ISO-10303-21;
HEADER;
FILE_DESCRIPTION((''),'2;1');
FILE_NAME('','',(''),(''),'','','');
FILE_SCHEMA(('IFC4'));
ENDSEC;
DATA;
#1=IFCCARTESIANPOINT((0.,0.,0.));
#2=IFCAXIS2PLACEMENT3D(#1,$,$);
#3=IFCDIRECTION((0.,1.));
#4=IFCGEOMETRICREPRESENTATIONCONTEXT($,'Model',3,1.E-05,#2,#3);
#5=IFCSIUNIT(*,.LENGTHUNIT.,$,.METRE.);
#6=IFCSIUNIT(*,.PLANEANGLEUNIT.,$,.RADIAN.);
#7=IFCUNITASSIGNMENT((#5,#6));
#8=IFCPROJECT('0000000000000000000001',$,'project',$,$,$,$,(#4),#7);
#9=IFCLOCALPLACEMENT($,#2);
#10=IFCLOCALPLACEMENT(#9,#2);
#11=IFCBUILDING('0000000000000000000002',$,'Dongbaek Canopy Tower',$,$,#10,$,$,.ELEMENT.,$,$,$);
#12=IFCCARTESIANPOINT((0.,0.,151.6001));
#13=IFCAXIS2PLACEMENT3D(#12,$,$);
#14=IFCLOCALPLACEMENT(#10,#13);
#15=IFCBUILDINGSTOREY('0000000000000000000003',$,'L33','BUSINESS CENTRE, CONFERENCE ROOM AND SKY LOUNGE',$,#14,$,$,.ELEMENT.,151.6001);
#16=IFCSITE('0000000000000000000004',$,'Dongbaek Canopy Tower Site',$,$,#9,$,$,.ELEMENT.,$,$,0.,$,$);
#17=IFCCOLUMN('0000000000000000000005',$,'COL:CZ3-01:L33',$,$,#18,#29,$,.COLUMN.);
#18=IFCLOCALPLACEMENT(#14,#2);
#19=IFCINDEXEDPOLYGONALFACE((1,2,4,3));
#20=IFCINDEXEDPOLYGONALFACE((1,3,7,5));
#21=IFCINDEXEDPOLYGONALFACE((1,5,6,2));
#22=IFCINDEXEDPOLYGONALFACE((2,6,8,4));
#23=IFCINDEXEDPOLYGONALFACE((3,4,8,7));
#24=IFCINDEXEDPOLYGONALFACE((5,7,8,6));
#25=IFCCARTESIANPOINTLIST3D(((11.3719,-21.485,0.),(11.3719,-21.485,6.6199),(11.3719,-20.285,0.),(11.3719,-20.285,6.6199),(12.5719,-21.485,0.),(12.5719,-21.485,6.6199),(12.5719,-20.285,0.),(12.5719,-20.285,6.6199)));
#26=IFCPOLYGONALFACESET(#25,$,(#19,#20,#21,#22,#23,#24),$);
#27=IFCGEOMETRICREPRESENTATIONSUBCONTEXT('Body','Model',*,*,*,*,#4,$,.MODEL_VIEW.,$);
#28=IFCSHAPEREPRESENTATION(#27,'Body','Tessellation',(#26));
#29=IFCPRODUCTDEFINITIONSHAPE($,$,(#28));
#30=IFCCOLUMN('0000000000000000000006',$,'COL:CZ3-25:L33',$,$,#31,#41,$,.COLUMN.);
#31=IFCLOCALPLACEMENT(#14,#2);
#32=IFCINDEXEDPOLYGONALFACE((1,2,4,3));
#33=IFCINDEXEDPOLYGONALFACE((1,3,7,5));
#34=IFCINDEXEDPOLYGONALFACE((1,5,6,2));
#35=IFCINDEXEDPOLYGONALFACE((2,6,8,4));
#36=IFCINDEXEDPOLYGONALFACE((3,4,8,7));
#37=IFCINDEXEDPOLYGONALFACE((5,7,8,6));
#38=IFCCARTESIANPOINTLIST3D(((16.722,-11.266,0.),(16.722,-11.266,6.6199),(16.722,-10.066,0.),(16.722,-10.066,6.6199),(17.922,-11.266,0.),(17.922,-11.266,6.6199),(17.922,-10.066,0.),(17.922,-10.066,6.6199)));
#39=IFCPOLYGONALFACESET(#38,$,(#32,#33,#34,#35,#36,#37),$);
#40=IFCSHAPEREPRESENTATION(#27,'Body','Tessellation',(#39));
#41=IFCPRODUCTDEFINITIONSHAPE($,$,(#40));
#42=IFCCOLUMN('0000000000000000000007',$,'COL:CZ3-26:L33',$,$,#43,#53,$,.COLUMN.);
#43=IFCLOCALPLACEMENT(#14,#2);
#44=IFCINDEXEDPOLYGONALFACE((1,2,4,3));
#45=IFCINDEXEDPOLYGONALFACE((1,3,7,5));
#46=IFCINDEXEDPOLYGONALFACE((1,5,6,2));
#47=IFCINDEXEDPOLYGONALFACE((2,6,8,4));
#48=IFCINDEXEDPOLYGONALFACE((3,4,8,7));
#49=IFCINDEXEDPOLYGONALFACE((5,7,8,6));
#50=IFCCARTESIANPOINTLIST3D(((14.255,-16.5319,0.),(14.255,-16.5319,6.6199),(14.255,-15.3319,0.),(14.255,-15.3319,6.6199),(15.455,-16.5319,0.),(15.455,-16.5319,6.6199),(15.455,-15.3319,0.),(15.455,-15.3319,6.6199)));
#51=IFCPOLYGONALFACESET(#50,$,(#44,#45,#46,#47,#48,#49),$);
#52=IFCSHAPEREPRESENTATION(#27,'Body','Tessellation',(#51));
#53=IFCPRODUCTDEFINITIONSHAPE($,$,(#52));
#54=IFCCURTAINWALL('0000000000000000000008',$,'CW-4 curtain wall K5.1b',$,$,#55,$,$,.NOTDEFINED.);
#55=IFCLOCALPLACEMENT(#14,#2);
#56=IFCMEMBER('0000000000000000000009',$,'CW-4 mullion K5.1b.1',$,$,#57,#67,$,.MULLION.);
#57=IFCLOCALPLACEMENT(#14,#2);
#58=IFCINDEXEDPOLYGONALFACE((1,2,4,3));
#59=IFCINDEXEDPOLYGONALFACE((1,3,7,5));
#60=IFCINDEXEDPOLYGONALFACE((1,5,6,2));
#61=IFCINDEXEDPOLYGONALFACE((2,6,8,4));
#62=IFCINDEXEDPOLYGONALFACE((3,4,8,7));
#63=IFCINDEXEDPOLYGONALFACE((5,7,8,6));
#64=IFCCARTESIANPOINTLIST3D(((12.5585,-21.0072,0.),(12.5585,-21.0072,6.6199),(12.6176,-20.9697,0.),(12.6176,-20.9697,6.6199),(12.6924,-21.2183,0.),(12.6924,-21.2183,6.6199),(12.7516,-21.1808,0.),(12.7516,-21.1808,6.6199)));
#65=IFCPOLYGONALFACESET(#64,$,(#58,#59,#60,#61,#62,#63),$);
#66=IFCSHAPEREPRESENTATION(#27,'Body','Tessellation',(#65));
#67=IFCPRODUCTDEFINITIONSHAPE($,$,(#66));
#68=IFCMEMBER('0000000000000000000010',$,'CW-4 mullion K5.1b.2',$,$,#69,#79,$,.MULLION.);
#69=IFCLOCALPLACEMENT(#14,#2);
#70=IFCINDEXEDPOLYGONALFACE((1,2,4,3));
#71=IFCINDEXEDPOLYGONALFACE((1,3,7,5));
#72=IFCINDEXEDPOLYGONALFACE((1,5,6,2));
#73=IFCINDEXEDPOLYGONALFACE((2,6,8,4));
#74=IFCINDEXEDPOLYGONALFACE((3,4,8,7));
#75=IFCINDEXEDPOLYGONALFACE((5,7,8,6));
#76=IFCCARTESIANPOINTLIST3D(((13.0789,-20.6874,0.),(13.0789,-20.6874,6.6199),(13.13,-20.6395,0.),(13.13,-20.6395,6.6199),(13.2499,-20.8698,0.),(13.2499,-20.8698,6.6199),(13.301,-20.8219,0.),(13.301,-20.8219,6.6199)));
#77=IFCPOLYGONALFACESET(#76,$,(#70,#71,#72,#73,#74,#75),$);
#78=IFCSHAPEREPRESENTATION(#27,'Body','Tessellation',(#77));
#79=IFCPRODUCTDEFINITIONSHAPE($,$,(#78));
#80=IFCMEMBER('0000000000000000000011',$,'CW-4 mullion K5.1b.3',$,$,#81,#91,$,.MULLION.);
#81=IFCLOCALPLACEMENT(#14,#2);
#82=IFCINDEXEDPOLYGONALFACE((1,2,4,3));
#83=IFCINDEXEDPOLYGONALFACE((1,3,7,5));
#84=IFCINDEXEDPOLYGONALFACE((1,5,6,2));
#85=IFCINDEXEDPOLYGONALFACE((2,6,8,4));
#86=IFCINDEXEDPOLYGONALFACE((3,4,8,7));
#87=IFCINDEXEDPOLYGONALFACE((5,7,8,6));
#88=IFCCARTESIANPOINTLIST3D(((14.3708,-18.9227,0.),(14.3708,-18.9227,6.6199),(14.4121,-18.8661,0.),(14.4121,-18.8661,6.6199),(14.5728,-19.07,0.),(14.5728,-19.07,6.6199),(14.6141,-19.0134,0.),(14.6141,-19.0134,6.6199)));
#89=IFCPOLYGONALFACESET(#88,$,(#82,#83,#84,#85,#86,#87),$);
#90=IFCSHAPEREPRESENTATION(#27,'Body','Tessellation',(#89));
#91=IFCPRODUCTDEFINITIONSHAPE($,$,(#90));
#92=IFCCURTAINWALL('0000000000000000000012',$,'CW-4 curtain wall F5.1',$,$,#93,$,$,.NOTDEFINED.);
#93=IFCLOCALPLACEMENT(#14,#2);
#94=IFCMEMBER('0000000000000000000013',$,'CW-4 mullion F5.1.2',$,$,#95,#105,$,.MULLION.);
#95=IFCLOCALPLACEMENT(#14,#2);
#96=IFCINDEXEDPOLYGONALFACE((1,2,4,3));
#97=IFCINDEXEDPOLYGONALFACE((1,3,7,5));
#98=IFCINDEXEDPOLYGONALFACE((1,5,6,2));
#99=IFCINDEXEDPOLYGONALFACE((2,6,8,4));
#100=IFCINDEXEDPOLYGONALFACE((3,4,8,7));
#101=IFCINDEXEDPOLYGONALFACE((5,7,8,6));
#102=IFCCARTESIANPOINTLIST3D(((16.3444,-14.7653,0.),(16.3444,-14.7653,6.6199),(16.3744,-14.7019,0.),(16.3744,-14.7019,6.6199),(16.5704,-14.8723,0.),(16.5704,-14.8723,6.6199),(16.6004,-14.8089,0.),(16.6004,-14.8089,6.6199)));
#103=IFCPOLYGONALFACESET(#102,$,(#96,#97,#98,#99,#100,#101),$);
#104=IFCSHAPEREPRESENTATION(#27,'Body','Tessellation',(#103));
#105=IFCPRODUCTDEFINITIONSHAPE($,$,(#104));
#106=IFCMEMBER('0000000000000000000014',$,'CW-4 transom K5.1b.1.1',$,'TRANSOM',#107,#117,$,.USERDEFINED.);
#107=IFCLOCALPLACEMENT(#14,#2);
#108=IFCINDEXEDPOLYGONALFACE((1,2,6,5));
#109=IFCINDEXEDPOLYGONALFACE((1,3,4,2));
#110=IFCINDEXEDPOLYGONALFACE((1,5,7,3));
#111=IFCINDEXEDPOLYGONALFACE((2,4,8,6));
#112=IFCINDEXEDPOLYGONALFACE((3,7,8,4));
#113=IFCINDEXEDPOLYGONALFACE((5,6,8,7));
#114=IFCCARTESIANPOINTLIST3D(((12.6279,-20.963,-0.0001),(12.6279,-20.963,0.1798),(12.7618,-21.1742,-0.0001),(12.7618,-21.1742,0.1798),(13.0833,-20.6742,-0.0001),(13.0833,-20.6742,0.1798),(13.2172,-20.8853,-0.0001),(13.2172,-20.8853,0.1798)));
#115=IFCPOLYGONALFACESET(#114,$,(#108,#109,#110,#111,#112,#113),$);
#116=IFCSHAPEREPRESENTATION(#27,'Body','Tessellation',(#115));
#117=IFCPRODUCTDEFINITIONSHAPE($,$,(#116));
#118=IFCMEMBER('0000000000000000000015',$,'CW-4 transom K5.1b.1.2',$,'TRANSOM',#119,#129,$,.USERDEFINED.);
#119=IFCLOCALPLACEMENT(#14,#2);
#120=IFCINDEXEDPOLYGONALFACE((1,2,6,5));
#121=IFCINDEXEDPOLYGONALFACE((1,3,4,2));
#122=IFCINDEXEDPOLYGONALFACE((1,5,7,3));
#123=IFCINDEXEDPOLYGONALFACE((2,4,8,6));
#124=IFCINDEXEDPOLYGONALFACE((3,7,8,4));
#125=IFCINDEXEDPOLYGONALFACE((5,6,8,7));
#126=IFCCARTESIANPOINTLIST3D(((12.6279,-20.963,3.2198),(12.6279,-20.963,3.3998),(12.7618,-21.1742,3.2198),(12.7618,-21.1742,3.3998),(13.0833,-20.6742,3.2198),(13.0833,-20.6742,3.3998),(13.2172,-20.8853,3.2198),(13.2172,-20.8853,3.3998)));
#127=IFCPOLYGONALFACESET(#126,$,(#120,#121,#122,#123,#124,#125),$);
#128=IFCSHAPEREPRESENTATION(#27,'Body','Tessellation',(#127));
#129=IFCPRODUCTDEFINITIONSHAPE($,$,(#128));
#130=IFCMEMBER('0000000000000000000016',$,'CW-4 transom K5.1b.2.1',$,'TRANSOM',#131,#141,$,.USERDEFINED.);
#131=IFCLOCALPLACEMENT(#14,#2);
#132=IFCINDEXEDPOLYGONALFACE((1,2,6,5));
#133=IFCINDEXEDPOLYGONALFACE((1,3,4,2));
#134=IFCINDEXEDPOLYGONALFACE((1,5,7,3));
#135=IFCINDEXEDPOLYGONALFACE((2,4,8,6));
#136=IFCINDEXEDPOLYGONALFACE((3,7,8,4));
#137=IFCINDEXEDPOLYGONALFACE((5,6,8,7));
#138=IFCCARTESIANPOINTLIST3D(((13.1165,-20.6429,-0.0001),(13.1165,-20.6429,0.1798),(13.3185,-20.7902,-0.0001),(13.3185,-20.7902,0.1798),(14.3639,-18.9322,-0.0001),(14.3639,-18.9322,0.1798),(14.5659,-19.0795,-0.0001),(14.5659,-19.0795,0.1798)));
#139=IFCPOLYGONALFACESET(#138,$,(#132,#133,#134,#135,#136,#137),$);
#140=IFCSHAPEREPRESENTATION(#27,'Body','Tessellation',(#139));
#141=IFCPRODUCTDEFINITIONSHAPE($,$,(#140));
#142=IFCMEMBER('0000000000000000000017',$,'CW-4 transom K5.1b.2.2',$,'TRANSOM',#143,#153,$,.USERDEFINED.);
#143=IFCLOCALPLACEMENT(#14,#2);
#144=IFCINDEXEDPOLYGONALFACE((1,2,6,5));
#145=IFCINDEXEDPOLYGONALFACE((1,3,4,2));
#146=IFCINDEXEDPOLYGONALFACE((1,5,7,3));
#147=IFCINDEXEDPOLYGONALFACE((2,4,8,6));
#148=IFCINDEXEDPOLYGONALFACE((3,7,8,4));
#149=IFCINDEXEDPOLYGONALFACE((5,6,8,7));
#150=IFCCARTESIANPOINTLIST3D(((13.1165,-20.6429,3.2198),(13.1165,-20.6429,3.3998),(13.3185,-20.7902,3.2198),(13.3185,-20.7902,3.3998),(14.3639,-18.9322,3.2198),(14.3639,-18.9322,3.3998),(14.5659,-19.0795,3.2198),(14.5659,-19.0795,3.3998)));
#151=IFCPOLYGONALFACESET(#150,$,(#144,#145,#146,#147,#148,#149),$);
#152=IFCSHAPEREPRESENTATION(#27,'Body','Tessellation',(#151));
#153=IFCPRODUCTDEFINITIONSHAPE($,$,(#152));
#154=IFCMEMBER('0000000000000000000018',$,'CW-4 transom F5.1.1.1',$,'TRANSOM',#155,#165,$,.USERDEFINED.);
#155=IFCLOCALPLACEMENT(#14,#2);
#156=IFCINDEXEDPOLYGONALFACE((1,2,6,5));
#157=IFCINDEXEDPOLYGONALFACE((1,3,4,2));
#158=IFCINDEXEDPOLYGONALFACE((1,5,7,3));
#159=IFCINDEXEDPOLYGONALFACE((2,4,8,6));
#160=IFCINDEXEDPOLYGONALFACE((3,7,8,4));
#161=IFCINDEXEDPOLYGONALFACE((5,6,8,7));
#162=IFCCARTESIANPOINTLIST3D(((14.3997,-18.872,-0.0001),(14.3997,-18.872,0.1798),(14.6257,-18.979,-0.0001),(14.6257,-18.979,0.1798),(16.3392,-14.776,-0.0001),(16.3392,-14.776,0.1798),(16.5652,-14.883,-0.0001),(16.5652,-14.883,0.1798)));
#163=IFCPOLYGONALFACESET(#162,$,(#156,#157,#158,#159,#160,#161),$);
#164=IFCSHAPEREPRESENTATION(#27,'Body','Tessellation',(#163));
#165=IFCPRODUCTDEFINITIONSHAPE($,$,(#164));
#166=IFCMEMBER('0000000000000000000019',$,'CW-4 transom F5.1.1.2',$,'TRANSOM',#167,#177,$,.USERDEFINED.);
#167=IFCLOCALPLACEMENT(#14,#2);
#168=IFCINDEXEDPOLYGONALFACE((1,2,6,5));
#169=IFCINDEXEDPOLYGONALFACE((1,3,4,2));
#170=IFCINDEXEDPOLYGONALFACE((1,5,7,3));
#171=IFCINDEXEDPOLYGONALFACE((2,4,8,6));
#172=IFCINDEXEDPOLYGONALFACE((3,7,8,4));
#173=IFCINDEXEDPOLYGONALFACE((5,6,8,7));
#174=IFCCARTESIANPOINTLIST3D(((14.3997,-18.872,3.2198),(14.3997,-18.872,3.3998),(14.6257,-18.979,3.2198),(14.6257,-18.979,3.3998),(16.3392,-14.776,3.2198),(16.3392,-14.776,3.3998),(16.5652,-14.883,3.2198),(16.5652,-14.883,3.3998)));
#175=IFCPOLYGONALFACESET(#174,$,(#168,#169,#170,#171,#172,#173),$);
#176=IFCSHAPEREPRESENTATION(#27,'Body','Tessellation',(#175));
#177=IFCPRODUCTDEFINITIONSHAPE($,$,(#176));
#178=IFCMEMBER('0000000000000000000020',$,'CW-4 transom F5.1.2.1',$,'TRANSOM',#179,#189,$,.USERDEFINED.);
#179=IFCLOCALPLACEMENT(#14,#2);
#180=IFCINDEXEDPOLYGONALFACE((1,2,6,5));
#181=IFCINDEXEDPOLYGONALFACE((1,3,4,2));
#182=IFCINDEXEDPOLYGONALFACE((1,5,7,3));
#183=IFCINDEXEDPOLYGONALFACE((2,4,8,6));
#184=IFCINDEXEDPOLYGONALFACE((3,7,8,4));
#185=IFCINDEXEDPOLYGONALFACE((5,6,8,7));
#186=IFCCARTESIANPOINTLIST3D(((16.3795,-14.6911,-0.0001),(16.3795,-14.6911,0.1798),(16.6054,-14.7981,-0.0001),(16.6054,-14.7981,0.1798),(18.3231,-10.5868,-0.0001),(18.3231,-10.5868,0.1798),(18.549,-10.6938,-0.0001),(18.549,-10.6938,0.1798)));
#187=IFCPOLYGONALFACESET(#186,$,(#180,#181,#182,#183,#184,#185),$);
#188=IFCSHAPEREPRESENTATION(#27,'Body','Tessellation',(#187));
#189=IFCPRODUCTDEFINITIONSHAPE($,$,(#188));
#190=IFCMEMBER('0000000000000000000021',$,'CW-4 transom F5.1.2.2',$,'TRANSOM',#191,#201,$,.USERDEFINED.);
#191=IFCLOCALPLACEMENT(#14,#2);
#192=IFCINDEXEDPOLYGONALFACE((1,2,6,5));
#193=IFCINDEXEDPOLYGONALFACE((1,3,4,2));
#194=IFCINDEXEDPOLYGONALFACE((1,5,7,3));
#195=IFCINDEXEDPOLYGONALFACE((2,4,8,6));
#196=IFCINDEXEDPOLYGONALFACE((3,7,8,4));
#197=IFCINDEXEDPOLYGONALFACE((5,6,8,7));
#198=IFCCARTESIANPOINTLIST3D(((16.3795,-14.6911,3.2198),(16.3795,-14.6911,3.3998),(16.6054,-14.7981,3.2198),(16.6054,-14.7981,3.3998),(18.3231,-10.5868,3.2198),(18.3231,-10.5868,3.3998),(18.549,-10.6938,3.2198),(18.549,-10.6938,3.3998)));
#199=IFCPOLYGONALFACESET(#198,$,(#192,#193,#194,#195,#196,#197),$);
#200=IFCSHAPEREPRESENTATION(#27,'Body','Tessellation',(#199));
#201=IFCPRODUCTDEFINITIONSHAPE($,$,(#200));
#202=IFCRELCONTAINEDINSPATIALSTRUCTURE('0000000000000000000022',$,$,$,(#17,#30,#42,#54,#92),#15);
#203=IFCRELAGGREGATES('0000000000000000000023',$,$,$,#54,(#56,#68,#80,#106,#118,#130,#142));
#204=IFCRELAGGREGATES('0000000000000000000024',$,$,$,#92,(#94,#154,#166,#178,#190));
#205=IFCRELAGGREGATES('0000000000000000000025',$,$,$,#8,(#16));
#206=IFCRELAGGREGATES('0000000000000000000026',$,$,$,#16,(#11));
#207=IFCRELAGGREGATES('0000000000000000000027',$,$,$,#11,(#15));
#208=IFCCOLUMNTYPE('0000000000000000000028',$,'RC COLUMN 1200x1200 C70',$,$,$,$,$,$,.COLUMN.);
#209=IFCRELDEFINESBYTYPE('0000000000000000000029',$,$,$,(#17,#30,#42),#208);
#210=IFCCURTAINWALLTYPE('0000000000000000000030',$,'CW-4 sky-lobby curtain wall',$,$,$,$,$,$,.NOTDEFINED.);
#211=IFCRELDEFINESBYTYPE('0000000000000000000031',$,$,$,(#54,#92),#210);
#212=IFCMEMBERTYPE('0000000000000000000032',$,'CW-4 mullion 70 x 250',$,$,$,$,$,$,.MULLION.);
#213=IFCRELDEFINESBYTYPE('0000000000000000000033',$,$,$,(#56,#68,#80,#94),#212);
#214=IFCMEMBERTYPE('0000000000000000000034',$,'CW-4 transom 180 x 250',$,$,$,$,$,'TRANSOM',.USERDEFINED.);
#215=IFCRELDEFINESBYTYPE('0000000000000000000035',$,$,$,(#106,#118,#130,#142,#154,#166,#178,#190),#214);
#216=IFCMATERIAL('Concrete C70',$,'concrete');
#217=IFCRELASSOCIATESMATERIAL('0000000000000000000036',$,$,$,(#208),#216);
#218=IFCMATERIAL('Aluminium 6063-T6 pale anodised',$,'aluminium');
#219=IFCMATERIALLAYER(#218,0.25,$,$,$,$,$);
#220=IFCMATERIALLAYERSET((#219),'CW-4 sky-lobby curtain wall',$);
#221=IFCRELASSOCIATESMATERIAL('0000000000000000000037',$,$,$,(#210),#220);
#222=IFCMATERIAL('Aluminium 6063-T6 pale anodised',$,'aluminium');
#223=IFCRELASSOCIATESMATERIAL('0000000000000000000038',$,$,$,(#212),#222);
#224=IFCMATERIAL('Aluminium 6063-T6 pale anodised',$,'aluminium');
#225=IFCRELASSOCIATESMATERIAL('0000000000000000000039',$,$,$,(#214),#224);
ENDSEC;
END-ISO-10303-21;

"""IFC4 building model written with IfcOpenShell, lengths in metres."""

from ifc_helpers import new_model, si_unit, direction, frame, origin, origin_2d, place, context, subcontext, project, spatial, rectangle, extrude, material, layer, layer_set, material_profile, profile_set, type_object, element, aggregate, save


model = new_model("IFC4")

# Units and contexts
model_context = context("Model", 3, precision=1e-05, world=origin(), true_north=direction((0.0, 1.0)))
body_context = subcontext(model_context, "Body", "Model", "MODEL_VIEW")
ifc_project = project(units=[si_unit("LENGTHUNIT", "METRE"), si_unit("PLANEANGLEUNIT", "RADIAN")], contexts=[model_context])

# Site, building, storey
site_placement = place(None, origin())
site = spatial("IfcSite", under=ifc_project, at=site_placement, Name="Dongbaek Canopy Tower Site", CompositionType="ELEMENT", RefElevation=0.0)
building_placement = place(site_placement, origin())
building = spatial("IfcBuilding", under=site, at=building_placement, Name="Dongbaek Canopy Tower", CompositionType="ELEMENT")
storey_placement = place(building_placement, frame((0.0, 0.0, 151.6001)))
storey = spatial("IfcBuildingStorey", under=building, at=storey_placement, Name="L33", Description="BUSINESS CENTRE, CONFERENCE ROOM AND SKY LOUNGE", CompositionType="ELEMENT", Elevation=151.6001)

# Columns
ifc_material_1 = material(Name="Concrete C70", Category="concrete")
ifc_material_profile_1 = material_profile(ifc_material_1, rectangle(XDim=1.2, YDim=1.2, at=origin_2d()), Name="RC COLUMN 1200x1200 C70")
ifc_profile_set_1 = profile_set([ifc_material_profile_1], Name="Concrete C70")
column_type = type_object("IfcColumnType", Name="RC COLUMN 1200x1200 C70", PredefinedType="COLUMN", material=ifc_profile_set_1)
for number, where, z_axis, x_axis, name in (
    (1, (11.9719, -20.885, 0.0), (0.0, 0.0, 1.0), (1.0, 0.0, 0.0), "COL:CZ3-01:L33"),
    (2, (17.322, -10.666, 0.0), (0.0, 0.0, 1.0), (1.0, 0.0, 0.0), "COL:CZ3-25:L33"),
    (3, (14.855, -15.9319, 0.0), (0.0, 0.0, 1.0), (1.0, 0.0, 0.0), "COL:CZ3-26:L33"),
):
    element("IfcColumn", number, at=place(storey_placement, frame(where, z_axis=z_axis, x_axis=x_axis)), inside=storey, type_object=column_type, Name=name, PredefinedType="COLUMN", context=body_context, shape_type="SweptSolid", body=[
        extrude(rectangle(XDim=1.2, YDim=1.2, at=origin_2d()), origin(), (0.0, 0.0, 1.0), 6.6199),
    ])

# Curtain wall, members
ifc_material_2 = material(Name="Aluminium 6063-T6 pale anodised", Category="aluminium")
ifc_layer_1 = layer(ifc_material_2, 0.25)
ifc_layer_set_1 = layer_set([ifc_layer_1], Name="CW-4 sky-lobby curtain wall")
curtain_wall_type = type_object("IfcCurtainWallType", Name="CW-4 sky-lobby curtain wall", PredefinedType="NOTDEFINED", material=ifc_layer_set_1)
curtain_wall_1_placement = place(storey_placement, origin())
curtain_wall_1 = element("IfcCurtainWall", 4, at=curtain_wall_1_placement, inside=storey, type_object=curtain_wall_type, Name="CW-4 curtain wall K5.1b", PredefinedType="NOTDEFINED")
ifc_material_3 = material(Name="Aluminium 6063-T6 pale anodised", Category="aluminium")
ifc_material_profile_2 = material_profile(ifc_material_3, rectangle(XDim=0.25, YDim=0.0701, at=origin_2d()), Name="CW-4 mullion 70 x 250")
ifc_profile_set_2 = profile_set([ifc_material_profile_2], Name="Aluminium 6063-T6 pale anodised")
member_type_1 = type_object("IfcMemberType", Name="CW-4 mullion 70 x 250", PredefinedType="MULLION", material=ifc_profile_set_2)
member_1_placement = place(storey_placement, frame((12.655, -21.094, 0.0), z_axis=(0.0, 0.0, 1.0), x_axis=(0.535706, -0.844405, 0.0)))
member_1 = element("IfcMember", 5, at=member_1_placement, type_object=member_type_1, Name="CW-4 mullion K5.1b.1", PredefinedType="MULLION", context=body_context, shape_type="SweptSolid", body=[
    extrude(rectangle(XDim=0.25, YDim=0.0701, at=origin_2d()), origin(), (0.0, 0.0, 1.0), 6.6199),
])
member_2_placement = place(storey_placement, frame((13.1899, -20.7546, 0.0), z_axis=(0.0, 0.0, 1.0), x_axis=(0.683881, -0.729593, 0.0)))
member_2 = element("IfcMember", 6, at=member_2_placement, type_object=member_type_1, Name="CW-4 mullion K5.1b.2", PredefinedType="MULLION", context=body_context, shape_type="SweptSolid", body=[
    extrude(rectangle(XDim=0.25, YDim=0.0701, at=origin_2d()), origin(), (0.0, 0.0, 1.0), 6.6199),
])
member_3_placement = place(storey_placement, frame((14.4924, -18.968, 0.0), z_axis=(0.0, 0.0, 1.0), x_axis=(0.808027, -0.589145, 0.0)))
member_3 = element("IfcMember", 7, at=member_3_placement, type_object=member_type_1, Name="CW-4 mullion K5.1b.3", PredefinedType="MULLION", context=body_context, shape_type="SweptSolid", body=[
    extrude(rectangle(XDim=0.25, YDim=0.0701, at=origin_2d()), origin(), (0.0, 0.0, 1.0), 6.6199),
])

# Curtain wall, member
curtain_wall_2_placement = place(storey_placement, origin())
curtain_wall_2 = element("IfcCurtainWall", 8, at=curtain_wall_2_placement, inside=storey, type_object=curtain_wall_type, Name="CW-4 curtain wall F5.1", PredefinedType="NOTDEFINED")
member_4_placement = place(storey_placement, frame((16.4724, -14.7871, 0.0), z_axis=(0.0, 0.0, 1.0), x_axis=(0.90378, -0.427996, 0.0)))
member_4 = element("IfcMember", 9, at=member_4_placement, type_object=member_type_1, Name="CW-4 mullion F5.1.2", PredefinedType="MULLION", context=body_context, shape_type="SweptSolid", body=[
    extrude(rectangle(XDim=0.25, YDim=0.0701, at=origin_2d()), origin(), (0.0, 0.0, 1.0), 6.6199),
])

# Members
ifc_material_4 = material(Name="Aluminium 6063-T6 pale anodised", Category="aluminium")
ifc_material_profile_3 = material_profile(ifc_material_4, rectangle(XDim=0.25, YDim=0.1799, at=origin_2d()), Name="CW-4 transom 180 x 250")
ifc_profile_set_3 = profile_set([ifc_material_profile_3], Name="Aluminium 6063-T6 pale anodised")
member_type_2 = type_object("IfcMemberType", Name="CW-4 transom 180 x 250", ElementType="TRANSOM", PredefinedType="USERDEFINED", material=ifc_profile_set_3)
member_5_placement = place(storey_placement, frame((12.6948, -21.0686, 0.0898), z_axis=(0.844444, 0.535644, 0.0), x_axis=(-0.535644, 0.844444, 0.0)))
member_5 = element("IfcMember", 10, at=member_5_placement, type_object=member_type_2, Name="CW-4 transom K5.1b.1.1", ObjectType="TRANSOM", PredefinedType="USERDEFINED", context=body_context, shape_type="SweptSolid", body=[
    extrude(rectangle(XDim=0.25, YDim=0.1799, at=origin_2d()), origin(), (0.0, 0.0, 1.0), 0.5393),
])
member_6_placement = place(storey_placement, frame((12.6948, -21.0686, 3.3098), z_axis=(0.844444, 0.535644, 0.0), x_axis=(-0.535644, 0.844444, 0.0)))
member_6 = element("IfcMember", 11, at=member_6_placement, type_object=member_type_2, Name="CW-4 transom K5.1b.1.2", ObjectType="TRANSOM", PredefinedType="USERDEFINED", context=body_context, shape_type="SweptSolid", body=[
    extrude(rectangle(XDim=0.25, YDim=0.1799, at=origin_2d()), origin(), (0.0, 0.0, 1.0), 0.5393),
])
member_7_placement = place(storey_placement, frame((13.2175, -20.7166, 0.0898), z_axis=(0.589152, 0.808022, 0.0), x_axis=(-0.808022, 0.589152, 0.0)))
member_7 = element("IfcMember", 12, at=member_7_placement, type_object=member_type_2, Name="CW-4 transom K5.1b.2.1", ObjectType="TRANSOM", PredefinedType="USERDEFINED", context=body_context, shape_type="SweptSolid", body=[
    extrude(rectangle(XDim=0.25, YDim=0.1799, at=origin_2d()), origin(), (0.0, 0.0, 1.0), 2.1172),
])
member_8_placement = place(storey_placement, frame((13.2175, -20.7166, 3.3098), z_axis=(0.589152, 0.808022, 0.0), x_axis=(-0.808022, 0.589152, 0.0)))
member_8 = element("IfcMember", 13, at=member_8_placement, type_object=member_type_2, Name="CW-4 transom K5.1b.2.2", ObjectType="TRANSOM", PredefinedType="USERDEFINED", context=body_context, shape_type="SweptSolid", body=[
    extrude(rectangle(XDim=0.25, YDim=0.1799, at=origin_2d()), origin(), (0.0, 0.0, 1.0), 2.1172),
])
member_9_placement = place(storey_placement, frame((14.5127, -18.9255, 0.0898), z_axis=(0.427954, 0.9038, 0.0), x_axis=(-0.9038, 0.427954, 0.0)))
member_9 = element("IfcMember", 14, at=member_9_placement, type_object=member_type_2, Name="CW-4 transom F5.1.1.1", ObjectType="TRANSOM", PredefinedType="USERDEFINED", context=body_context, shape_type="SweptSolid", body=[
    extrude(rectangle(XDim=0.25, YDim=0.1799, at=origin_2d()), origin(), (0.0, 0.0, 1.0), 4.532),
])
member_10_placement = place(storey_placement, frame((14.5127, -18.9255, 3.3098), z_axis=(0.427954, 0.9038, 0.0), x_axis=(-0.9038, 0.427954, 0.0)))
member_10 = element("IfcMember", 15, at=member_10_placement, type_object=member_type_2, Name="CW-4 transom F5.1.1.2", ObjectType="TRANSOM", PredefinedType="USERDEFINED", context=body_context, shape_type="SweptSolid", body=[
    extrude(rectangle(XDim=0.25, YDim=0.1799, at=origin_2d()), origin(), (0.0, 0.0, 1.0), 4.532),
])
member_11_placement = place(storey_placement, frame((16.4924, -14.7446, 0.0898), z_axis=(0.427994, 0.903782, 0.0), x_axis=(-0.903782, 0.427994, 0.0)))
member_11 = element("IfcMember", 16, at=member_11_placement, type_object=member_type_2, Name="CW-4 transom F5.1.2.1", ObjectType="TRANSOM", PredefinedType="USERDEFINED", context=body_context, shape_type="SweptSolid", body=[
    extrude(rectangle(XDim=0.25, YDim=0.1799, at=origin_2d()), origin(), (0.0, 0.0, 1.0), 4.5413),
])
member_12_placement = place(storey_placement, frame((16.4924, -14.7446, 3.3098), z_axis=(0.427994, 0.903782, 0.0), x_axis=(-0.903782, 0.427994, 0.0)))
member_12 = element("IfcMember", 17, at=member_12_placement, type_object=member_type_2, Name="CW-4 transom F5.1.2.2", ObjectType="TRANSOM", PredefinedType="USERDEFINED", context=body_context, shape_type="SweptSolid", body=[
    extrude(rectangle(XDim=0.25, YDim=0.1799, at=origin_2d()), origin(), (0.0, 0.0, 1.0), 4.5413),
])

aggregate(curtain_wall_1, [member_1, member_2, member_3, member_5, member_6, member_7, member_8])

aggregate(curtain_wall_2, [member_4, member_9, member_10, member_11, member_12])

save(model, "model.ifc")
